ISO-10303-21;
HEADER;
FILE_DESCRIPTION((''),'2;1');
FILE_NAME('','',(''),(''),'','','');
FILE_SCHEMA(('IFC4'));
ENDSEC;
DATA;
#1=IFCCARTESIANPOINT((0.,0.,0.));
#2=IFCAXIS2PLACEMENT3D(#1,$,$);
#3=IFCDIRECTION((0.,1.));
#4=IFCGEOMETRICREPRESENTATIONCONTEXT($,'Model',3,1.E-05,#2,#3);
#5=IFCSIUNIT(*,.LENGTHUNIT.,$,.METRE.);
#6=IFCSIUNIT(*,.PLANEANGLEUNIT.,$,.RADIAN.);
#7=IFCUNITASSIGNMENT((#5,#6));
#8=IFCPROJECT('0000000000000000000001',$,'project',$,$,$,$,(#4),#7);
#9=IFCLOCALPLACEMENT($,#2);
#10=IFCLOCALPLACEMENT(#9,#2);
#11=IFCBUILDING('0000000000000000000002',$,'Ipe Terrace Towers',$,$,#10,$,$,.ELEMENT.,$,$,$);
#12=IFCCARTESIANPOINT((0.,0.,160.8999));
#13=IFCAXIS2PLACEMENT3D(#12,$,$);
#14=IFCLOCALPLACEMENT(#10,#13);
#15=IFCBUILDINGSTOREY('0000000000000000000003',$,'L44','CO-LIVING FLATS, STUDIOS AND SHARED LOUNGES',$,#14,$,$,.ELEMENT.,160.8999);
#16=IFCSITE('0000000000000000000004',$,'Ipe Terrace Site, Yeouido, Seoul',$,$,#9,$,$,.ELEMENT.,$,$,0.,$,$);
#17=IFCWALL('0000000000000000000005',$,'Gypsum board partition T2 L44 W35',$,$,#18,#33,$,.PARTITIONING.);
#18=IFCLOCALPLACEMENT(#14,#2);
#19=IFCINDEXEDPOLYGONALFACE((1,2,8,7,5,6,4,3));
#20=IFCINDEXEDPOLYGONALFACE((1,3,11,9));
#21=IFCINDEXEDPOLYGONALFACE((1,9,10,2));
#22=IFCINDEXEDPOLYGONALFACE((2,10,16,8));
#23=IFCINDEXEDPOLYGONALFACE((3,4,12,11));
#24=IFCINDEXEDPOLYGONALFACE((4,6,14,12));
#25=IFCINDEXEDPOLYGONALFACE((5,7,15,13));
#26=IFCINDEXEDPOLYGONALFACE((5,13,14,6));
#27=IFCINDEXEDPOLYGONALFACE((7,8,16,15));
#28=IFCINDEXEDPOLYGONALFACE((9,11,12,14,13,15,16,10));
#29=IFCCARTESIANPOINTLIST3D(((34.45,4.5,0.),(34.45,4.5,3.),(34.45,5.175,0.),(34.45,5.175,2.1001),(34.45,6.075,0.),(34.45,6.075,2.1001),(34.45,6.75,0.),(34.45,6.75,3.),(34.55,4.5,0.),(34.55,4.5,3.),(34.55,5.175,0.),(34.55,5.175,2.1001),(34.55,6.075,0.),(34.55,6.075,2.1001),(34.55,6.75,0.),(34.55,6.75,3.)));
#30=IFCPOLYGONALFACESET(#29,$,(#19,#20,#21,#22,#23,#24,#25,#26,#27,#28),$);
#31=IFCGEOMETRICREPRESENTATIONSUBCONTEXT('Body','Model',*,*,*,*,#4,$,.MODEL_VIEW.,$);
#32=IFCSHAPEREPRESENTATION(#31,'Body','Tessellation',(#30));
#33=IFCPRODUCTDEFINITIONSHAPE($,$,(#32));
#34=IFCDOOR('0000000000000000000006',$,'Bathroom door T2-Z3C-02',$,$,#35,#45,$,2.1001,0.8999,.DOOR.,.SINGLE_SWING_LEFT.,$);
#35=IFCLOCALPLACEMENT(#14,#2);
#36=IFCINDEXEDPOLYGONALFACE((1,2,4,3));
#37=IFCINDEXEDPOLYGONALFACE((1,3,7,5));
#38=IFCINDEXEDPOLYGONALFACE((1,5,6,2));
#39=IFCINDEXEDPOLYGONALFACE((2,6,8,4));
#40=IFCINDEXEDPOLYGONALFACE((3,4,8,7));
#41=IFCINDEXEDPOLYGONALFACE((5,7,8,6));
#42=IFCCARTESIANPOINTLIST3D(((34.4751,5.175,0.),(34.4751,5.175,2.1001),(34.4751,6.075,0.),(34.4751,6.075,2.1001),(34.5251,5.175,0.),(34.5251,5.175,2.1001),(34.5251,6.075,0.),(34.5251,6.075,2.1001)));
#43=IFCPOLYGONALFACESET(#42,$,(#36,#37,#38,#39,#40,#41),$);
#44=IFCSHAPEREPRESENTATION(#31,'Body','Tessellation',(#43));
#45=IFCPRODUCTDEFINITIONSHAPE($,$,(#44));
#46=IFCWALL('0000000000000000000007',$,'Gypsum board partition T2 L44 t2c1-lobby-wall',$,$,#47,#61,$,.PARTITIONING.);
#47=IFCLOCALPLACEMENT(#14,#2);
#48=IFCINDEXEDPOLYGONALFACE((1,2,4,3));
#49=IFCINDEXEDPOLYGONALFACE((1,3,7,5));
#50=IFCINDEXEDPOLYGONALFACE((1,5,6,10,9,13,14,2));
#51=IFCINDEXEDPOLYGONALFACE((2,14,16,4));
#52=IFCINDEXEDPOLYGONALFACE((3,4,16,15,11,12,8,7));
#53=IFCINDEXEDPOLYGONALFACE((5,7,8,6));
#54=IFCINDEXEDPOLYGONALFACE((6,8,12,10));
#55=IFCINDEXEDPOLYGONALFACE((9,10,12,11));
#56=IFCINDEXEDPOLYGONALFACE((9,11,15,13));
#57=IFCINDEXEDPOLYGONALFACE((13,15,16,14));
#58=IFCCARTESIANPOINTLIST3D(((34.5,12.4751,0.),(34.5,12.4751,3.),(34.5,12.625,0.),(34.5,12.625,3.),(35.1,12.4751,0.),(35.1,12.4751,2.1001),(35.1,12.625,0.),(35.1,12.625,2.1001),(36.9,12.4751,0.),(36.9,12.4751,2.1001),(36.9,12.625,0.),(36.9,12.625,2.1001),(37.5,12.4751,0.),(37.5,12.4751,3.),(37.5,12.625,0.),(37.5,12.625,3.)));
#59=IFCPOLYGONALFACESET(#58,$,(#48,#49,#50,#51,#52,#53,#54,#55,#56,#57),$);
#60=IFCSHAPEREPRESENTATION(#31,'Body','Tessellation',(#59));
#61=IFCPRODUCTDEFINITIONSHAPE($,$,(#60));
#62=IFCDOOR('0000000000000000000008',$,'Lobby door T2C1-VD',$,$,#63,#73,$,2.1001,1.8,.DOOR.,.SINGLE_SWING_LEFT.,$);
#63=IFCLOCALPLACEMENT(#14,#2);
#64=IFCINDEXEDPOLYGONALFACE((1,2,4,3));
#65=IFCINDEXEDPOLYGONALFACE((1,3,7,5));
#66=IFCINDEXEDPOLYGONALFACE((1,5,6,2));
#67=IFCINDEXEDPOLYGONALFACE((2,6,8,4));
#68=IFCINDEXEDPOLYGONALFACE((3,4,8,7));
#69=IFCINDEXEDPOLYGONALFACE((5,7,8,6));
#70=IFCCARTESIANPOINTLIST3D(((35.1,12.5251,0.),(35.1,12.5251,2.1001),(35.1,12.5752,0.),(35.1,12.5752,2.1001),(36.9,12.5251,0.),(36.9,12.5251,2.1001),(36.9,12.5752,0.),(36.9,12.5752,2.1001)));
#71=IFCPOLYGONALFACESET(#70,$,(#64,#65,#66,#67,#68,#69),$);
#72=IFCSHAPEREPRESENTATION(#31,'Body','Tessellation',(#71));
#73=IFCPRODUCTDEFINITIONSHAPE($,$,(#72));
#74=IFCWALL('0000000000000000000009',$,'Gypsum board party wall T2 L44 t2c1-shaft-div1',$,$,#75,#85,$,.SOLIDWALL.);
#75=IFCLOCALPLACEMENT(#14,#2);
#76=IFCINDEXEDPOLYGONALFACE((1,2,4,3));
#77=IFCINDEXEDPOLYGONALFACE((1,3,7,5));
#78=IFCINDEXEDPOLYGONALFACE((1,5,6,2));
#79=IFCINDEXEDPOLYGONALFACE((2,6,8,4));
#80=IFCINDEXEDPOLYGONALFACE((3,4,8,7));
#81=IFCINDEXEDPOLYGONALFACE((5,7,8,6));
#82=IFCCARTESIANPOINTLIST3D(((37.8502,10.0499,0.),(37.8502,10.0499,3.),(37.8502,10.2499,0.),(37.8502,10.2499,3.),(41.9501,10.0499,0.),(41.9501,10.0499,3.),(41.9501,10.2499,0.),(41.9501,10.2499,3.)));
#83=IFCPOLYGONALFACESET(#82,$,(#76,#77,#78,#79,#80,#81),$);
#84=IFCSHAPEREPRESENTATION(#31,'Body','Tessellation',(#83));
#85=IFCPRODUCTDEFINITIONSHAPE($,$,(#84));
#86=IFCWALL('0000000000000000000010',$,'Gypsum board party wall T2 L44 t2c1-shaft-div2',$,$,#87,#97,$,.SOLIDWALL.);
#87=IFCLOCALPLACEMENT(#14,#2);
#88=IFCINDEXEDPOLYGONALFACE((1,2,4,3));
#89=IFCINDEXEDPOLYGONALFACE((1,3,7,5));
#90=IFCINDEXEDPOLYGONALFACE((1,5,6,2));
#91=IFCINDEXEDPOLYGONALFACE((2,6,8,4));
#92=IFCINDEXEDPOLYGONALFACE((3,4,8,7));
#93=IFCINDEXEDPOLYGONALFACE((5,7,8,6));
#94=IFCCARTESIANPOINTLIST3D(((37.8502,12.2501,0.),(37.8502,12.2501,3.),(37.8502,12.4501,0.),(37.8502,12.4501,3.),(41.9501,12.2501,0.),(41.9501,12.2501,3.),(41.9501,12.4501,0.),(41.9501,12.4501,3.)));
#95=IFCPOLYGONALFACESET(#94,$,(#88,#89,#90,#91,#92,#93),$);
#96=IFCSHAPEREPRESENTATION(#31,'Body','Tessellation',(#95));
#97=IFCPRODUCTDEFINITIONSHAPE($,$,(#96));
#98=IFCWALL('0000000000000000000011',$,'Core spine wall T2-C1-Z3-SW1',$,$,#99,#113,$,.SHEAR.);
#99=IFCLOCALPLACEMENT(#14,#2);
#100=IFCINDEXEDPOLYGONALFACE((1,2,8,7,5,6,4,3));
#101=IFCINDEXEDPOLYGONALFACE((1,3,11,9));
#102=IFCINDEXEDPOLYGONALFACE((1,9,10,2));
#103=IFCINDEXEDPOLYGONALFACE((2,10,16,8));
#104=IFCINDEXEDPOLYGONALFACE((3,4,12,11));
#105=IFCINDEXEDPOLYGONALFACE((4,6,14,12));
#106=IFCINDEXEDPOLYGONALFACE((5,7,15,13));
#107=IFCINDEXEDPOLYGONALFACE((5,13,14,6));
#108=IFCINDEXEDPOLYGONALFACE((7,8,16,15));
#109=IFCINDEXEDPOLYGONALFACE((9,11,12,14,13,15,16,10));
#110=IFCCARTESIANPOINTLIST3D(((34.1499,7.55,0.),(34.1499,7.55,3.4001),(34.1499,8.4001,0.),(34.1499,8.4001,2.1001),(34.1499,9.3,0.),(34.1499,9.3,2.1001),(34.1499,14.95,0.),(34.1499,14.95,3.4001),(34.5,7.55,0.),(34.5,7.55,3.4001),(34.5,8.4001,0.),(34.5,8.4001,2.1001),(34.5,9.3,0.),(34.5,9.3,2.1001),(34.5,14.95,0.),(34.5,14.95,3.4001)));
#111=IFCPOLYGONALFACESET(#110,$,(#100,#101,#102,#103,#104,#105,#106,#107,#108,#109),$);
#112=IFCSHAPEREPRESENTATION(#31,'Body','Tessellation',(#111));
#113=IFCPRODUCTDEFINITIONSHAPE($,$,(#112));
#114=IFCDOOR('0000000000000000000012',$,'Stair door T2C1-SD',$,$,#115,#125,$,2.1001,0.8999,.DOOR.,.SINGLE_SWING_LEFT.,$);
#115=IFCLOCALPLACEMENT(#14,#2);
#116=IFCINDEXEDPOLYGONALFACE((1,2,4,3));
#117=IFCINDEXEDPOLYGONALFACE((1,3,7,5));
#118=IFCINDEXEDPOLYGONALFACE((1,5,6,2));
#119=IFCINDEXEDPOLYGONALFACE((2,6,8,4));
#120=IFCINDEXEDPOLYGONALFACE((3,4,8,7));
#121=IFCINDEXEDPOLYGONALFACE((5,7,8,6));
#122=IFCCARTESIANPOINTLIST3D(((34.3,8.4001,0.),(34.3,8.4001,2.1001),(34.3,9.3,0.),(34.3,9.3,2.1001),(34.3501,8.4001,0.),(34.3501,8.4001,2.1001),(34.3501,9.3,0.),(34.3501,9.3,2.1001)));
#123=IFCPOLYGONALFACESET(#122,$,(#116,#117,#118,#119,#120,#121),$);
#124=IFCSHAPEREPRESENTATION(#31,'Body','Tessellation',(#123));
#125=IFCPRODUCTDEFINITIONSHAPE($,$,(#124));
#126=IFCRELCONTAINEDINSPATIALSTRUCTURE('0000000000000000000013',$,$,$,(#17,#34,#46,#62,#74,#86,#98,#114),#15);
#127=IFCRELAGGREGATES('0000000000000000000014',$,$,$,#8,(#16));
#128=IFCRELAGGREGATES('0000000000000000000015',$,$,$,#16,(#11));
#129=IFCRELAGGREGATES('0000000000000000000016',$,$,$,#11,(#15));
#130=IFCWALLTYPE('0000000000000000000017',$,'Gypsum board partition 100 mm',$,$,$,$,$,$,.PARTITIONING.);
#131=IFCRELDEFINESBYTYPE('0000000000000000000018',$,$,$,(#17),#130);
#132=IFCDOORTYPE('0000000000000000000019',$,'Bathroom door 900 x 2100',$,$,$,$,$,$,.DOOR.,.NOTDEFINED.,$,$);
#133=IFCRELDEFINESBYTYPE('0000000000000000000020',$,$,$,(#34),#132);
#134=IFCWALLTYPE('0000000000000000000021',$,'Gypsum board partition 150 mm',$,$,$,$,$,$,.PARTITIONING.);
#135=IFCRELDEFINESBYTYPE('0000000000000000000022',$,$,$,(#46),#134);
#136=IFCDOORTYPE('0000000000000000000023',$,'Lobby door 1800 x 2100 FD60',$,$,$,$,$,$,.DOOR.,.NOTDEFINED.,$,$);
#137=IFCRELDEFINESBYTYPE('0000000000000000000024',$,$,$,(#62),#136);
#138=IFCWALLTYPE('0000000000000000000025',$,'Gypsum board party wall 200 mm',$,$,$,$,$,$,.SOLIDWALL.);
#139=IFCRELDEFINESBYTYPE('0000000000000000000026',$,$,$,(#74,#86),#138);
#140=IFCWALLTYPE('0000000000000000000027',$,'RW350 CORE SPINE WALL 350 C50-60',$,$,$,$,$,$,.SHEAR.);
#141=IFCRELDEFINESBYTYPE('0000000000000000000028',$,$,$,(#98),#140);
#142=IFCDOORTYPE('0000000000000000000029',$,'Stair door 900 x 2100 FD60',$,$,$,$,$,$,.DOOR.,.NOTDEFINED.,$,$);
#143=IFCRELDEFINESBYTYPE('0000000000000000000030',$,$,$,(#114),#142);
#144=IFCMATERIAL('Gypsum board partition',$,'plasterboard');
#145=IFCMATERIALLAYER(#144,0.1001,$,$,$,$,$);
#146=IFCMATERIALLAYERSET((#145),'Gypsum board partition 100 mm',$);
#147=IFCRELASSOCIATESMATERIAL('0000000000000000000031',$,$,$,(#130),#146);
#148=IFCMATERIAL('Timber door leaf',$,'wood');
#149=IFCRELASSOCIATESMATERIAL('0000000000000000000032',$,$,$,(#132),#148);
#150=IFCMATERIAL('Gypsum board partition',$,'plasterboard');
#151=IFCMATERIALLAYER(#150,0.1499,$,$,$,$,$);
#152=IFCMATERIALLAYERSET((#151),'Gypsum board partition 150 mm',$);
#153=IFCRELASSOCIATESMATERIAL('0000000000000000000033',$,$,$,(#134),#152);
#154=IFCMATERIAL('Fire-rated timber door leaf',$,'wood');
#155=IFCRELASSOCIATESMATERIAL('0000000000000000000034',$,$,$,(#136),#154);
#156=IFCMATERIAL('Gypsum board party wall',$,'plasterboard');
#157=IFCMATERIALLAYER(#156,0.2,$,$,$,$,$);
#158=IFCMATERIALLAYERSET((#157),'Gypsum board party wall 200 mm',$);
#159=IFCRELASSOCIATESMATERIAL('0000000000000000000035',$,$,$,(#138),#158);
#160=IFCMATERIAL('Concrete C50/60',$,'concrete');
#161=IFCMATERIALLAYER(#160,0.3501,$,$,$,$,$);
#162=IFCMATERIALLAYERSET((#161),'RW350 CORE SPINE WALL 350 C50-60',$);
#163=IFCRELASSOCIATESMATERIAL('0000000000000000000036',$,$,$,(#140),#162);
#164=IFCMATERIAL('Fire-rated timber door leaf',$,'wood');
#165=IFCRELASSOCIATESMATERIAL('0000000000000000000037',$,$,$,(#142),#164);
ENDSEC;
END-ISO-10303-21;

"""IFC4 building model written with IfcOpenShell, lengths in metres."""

from ifc_helpers import new_model, si_unit, direction, frame, frame_2d, origin, place, context, subcontext, project, spatial, rectangle, extrude, material, layer, layer_set, type_object, element, fill, save


model = new_model("IFC4")

# Units and contexts
model_context = context("Model", 3, precision=1e-05, world=origin(), true_north=direction((0.0, 1.0)))
body_context = subcontext(model_context, "Body", "Model", "MODEL_VIEW")
ifc_project = project(units=[si_unit("LENGTHUNIT", "METRE"), si_unit("PLANEANGLEUNIT", "RADIAN")], contexts=[model_context])

# Site, building, storey
site_placement = place(None, origin())
site = spatial("IfcSite", under=ifc_project, at=site_placement, Name="Ipe Terrace Site, Yeouido, Seoul", CompositionType="ELEMENT", RefElevation=0.0)
building_placement = place(site_placement, origin())
building = spatial("IfcBuilding", under=site, at=building_placement, Name="Ipe Terrace Towers", CompositionType="ELEMENT")
storey_placement = place(building_placement, frame((0.0, 0.0, 160.8999)))
storey = spatial("IfcBuildingStorey", under=building, at=storey_placement, Name="L44", Description="CO-LIVING FLATS, STUDIOS AND SHARED LOUNGES", CompositionType="ELEMENT", Elevation=160.8999)

# Shared definitions
ifc_material_1 = material(Name="Gypsum board partition", Category="plasterboard")
ifc_layer_1 = layer(ifc_material_1, 0.1001)
ifc_layer_set_1 = layer_set([ifc_layer_1], Name="Gypsum board partition 100 mm")
wall_type_1 = type_object("IfcWallType", Name="Gypsum board partition 100 mm", PredefinedType="PARTITIONING", material=ifc_layer_set_1)

# Walls, openings, doors
wall_1_placement = place(storey_placement, frame((34.5, 4.5, 0.0), z_axis=(0.0, 0.0, 1.0), x_axis=(0.0, 1.0, 0.0)))
wall_1 = element("IfcWall", 1, at=wall_1_placement, inside=storey, type_object=wall_type_1, Name="Gypsum board partition T2 L44 W35", PredefinedType="PARTITIONING", context=body_context, shape_type="SweptSolid", body=[
    extrude(rectangle(XDim=2.25, YDim=0.1001, at=frame_2d((1.125, 0.0))), origin(), (0.0, 0.0, 1.0), 3.0),
])
opening_1_placement = place(wall_1_placement, frame((0.675, 0.0, 0.0)))
opening_1 = element("IfcOpeningElement", 2, at=opening_1_placement, cuts=wall_1, PredefinedType="OPENING", context=body_context, shape_type="SweptSolid", body=[
    extrude(rectangle(XDim=0.8999, YDim=2.1001, at=frame_2d((0.45, 1.05))), frame((0.0, 0.0601, 0.0), z_axis=(0.0, -1.0, 0.0), x_axis=(1.0, 0.0, 0.0)), (0.0, 0.0, 1.0), 0.1201),
])
ifc_material_2 = material(Name="Timber door leaf", Category="wood")
door_type_1 = type_object("IfcDoorType", Name="Bathroom door 900 x 2100", OperationType="NOTDEFINED", PredefinedType="DOOR", material=ifc_material_2)
door_1_placement = place(opening_1_placement, origin())
door_1 = element("IfcDoor", 3, at=door_1_placement, inside=storey, type_object=door_type_1, Name="Bathroom door T2-Z3C-02", OperationType="SINGLE_SWING_LEFT", OverallHeight=2.1001, OverallWidth=0.8999, PredefinedType="DOOR", context=body_context, shape_type="SweptSolid", body=[
    extrude(rectangle(XDim=0.8999, YDim=2.1001, at=frame_2d((0.45, 1.05))), frame((0.0, 0.0249, 0.0), z_axis=(0.0, -1.0, 0.0), x_axis=(1.0, 0.0, 0.0)), (0.0, 0.0, 1.0), 0.05),
])
fill(opening_1, door_1)
ifc_material_3 = material(Name="Gypsum board partition", Category="plasterboard")
ifc_layer_2 = layer(ifc_material_3, 0.1499)
ifc_layer_set_2 = layer_set([ifc_layer_2], Name="Gypsum board partition 150 mm")
wall_type_2 = type_object("IfcWallType", Name="Gypsum board partition 150 mm", PredefinedType="PARTITIONING", material=ifc_layer_set_2)
wall_2_placement = place(storey_placement, frame((37.5, 12.55, 0.0), z_axis=(0.0, 0.0, 1.0), x_axis=(-1.0, 0.0, 0.0)))
wall_2 = element("IfcWall", 4, at=wall_2_placement, inside=storey, type_object=wall_type_2, Name="Gypsum board partition T2 L44 t2c1-lobby-wall", PredefinedType="PARTITIONING", context=body_context, shape_type="SweptSolid", body=[
    extrude(rectangle(XDim=3.0, YDim=0.1499, at=frame_2d((1.5, 0.0))), origin(), (0.0, 0.0, 1.0), 3.0),
])
opening_2_placement = place(wall_2_placement, frame((0.6001, 0.0, 0.0)))
opening_2 = element("IfcOpeningElement", 5, at=opening_2_placement, cuts=wall_2, PredefinedType="OPENING", context=body_context, shape_type="SweptSolid", body=[
    extrude(rectangle(XDim=1.8, YDim=2.1001, at=frame_2d((0.8999, 1.05))), frame((0.0, 0.085, 0.0), z_axis=(0.0, -1.0, 0.0), x_axis=(1.0, 0.0, 0.0)), (0.0, 0.0, 1.0), 0.1699),
])
ifc_material_4 = material(Name="Fire-rated timber door leaf", Category="wood")
door_type_2 = type_object("IfcDoorType", Name="Lobby door 1800 x 2100 FD60", OperationType="NOTDEFINED", PredefinedType="DOOR", material=ifc_material_4)
door_2_placement = place(opening_2_placement, origin())
door_2 = element("IfcDoor", 6, at=door_2_placement, inside=storey, type_object=door_type_2, Name="Lobby door T2C1-VD", OperationType="SINGLE_SWING_LEFT", OverallHeight=2.1001, OverallWidth=1.8, PredefinedType="DOOR", context=body_context, shape_type="SweptSolid", body=[
    extrude(rectangle(XDim=1.8, YDim=2.1001, at=frame_2d((0.8999, 1.05))), frame((0.0, 0.0249, 0.0), z_axis=(0.0, -1.0, 0.0), x_axis=(1.0, 0.0, 0.0)), (0.0, 0.0, 1.0), 0.05),
])
fill(opening_2, door_2)

# Walls
ifc_material_5 = material(Name="Gypsum board party wall", Category="plasterboard")
ifc_layer_3 = layer(ifc_material_5, 0.2)
ifc_layer_set_3 = layer_set([ifc_layer_3], Name="Gypsum board party wall 200 mm")
wall_type_3 = type_object("IfcWallType", Name="Gypsum board party wall 200 mm", PredefinedType="SOLIDWALL", material=ifc_layer_set_3)
for number, where, z_axis, x_axis, name in (
    (7, (41.95, 10.1499, 0.0), (0.0, 0.0, 1.0), (-1.0, 0.0, 0.0), "Gypsum board party wall T2 L44 t2c1-shaft-div1"),
    (8, (41.95, 12.3501, 0.0), (0.0, 0.0, 1.0), (-1.0, 0.0, 0.0), "Gypsum board party wall T2 L44 t2c1-shaft-div2"),
):
    element("IfcWall", number, at=place(storey_placement, frame(where, z_axis=z_axis, x_axis=x_axis)), inside=storey, type_object=wall_type_3, Name=name, PredefinedType="SOLIDWALL", context=body_context, shape_type="SweptSolid", body=[
        extrude(rectangle(XDim=4.0999, YDim=0.2, at=frame_2d((2.0498, 0.0))), origin(), (0.0, 0.0, 1.0), 3.0),
    ])

# Wall, opening, door
ifc_material_6 = material(Name="Concrete C50/60", Category="concrete")
ifc_layer_4 = layer(ifc_material_6, 0.3501)
ifc_layer_set_4 = layer_set([ifc_layer_4], Name="RW350 CORE SPINE WALL 350 C50-60")
wall_type_4 = type_object("IfcWallType", Name="RW350 CORE SPINE WALL 350 C50-60", PredefinedType="SHEAR", material=ifc_layer_set_4)
wall_3_placement = place(storey_placement, frame((34.325, 7.55, 0.0), z_axis=(0.0, 0.0, 1.0), x_axis=(0.0, 1.0, 0.0)))
wall_3 = element("IfcWall", 9, at=wall_3_placement, inside=storey, type_object=wall_type_4, Name="Core spine wall T2-C1-Z3-SW1", PredefinedType="SHEAR", context=body_context, shape_type="SweptSolid", body=[
    extrude(rectangle(XDim=7.3999, YDim=0.3501, at=frame_2d((3.7, 0.0))), origin(), (0.0, 0.0, 1.0), 3.4001),
])
opening_3_placement = place(wall_3_placement, frame((0.8501, 0.0, 0.0)))
opening_3 = element("IfcOpeningElement", 10, at=opening_3_placement, cuts=wall_3, PredefinedType="OPENING", context=body_context, shape_type="SweptSolid", body=[
    extrude(rectangle(XDim=0.8999, YDim=2.1001, at=frame_2d((0.45, 1.05))), frame((0.0, 0.1851, 0.0), z_axis=(0.0, -1.0, 0.0), x_axis=(1.0, 0.0, 0.0)), (0.0, 0.0, 1.0), 0.3701),
])
ifc_material_7 = material(Name="Fire-rated timber door leaf", Category="wood")
door_type_3 = type_object("IfcDoorType", Name="Stair door 900 x 2100 FD60", OperationType="NOTDEFINED", PredefinedType="DOOR", material=ifc_material_7)
door_3_placement = place(opening_3_placement, origin())
door_3 = element("IfcDoor", 11, at=door_3_placement, inside=storey, type_object=door_type_3, Name="Stair door T2C1-SD", OperationType="SINGLE_SWING_LEFT", OverallHeight=2.1001, OverallWidth=0.8999, PredefinedType="DOOR", context=body_context, shape_type="SweptSolid", body=[
    extrude(rectangle(XDim=0.8999, YDim=2.1001, at=frame_2d((0.45, 1.05))), frame((0.0, 0.0249, 0.0), z_axis=(0.0, -1.0, 0.0), x_axis=(1.0, 0.0, 0.0)), (0.0, 0.0, 1.0), 0.05),
])
fill(opening_3, door_3)

save(model, "model.ifc")
